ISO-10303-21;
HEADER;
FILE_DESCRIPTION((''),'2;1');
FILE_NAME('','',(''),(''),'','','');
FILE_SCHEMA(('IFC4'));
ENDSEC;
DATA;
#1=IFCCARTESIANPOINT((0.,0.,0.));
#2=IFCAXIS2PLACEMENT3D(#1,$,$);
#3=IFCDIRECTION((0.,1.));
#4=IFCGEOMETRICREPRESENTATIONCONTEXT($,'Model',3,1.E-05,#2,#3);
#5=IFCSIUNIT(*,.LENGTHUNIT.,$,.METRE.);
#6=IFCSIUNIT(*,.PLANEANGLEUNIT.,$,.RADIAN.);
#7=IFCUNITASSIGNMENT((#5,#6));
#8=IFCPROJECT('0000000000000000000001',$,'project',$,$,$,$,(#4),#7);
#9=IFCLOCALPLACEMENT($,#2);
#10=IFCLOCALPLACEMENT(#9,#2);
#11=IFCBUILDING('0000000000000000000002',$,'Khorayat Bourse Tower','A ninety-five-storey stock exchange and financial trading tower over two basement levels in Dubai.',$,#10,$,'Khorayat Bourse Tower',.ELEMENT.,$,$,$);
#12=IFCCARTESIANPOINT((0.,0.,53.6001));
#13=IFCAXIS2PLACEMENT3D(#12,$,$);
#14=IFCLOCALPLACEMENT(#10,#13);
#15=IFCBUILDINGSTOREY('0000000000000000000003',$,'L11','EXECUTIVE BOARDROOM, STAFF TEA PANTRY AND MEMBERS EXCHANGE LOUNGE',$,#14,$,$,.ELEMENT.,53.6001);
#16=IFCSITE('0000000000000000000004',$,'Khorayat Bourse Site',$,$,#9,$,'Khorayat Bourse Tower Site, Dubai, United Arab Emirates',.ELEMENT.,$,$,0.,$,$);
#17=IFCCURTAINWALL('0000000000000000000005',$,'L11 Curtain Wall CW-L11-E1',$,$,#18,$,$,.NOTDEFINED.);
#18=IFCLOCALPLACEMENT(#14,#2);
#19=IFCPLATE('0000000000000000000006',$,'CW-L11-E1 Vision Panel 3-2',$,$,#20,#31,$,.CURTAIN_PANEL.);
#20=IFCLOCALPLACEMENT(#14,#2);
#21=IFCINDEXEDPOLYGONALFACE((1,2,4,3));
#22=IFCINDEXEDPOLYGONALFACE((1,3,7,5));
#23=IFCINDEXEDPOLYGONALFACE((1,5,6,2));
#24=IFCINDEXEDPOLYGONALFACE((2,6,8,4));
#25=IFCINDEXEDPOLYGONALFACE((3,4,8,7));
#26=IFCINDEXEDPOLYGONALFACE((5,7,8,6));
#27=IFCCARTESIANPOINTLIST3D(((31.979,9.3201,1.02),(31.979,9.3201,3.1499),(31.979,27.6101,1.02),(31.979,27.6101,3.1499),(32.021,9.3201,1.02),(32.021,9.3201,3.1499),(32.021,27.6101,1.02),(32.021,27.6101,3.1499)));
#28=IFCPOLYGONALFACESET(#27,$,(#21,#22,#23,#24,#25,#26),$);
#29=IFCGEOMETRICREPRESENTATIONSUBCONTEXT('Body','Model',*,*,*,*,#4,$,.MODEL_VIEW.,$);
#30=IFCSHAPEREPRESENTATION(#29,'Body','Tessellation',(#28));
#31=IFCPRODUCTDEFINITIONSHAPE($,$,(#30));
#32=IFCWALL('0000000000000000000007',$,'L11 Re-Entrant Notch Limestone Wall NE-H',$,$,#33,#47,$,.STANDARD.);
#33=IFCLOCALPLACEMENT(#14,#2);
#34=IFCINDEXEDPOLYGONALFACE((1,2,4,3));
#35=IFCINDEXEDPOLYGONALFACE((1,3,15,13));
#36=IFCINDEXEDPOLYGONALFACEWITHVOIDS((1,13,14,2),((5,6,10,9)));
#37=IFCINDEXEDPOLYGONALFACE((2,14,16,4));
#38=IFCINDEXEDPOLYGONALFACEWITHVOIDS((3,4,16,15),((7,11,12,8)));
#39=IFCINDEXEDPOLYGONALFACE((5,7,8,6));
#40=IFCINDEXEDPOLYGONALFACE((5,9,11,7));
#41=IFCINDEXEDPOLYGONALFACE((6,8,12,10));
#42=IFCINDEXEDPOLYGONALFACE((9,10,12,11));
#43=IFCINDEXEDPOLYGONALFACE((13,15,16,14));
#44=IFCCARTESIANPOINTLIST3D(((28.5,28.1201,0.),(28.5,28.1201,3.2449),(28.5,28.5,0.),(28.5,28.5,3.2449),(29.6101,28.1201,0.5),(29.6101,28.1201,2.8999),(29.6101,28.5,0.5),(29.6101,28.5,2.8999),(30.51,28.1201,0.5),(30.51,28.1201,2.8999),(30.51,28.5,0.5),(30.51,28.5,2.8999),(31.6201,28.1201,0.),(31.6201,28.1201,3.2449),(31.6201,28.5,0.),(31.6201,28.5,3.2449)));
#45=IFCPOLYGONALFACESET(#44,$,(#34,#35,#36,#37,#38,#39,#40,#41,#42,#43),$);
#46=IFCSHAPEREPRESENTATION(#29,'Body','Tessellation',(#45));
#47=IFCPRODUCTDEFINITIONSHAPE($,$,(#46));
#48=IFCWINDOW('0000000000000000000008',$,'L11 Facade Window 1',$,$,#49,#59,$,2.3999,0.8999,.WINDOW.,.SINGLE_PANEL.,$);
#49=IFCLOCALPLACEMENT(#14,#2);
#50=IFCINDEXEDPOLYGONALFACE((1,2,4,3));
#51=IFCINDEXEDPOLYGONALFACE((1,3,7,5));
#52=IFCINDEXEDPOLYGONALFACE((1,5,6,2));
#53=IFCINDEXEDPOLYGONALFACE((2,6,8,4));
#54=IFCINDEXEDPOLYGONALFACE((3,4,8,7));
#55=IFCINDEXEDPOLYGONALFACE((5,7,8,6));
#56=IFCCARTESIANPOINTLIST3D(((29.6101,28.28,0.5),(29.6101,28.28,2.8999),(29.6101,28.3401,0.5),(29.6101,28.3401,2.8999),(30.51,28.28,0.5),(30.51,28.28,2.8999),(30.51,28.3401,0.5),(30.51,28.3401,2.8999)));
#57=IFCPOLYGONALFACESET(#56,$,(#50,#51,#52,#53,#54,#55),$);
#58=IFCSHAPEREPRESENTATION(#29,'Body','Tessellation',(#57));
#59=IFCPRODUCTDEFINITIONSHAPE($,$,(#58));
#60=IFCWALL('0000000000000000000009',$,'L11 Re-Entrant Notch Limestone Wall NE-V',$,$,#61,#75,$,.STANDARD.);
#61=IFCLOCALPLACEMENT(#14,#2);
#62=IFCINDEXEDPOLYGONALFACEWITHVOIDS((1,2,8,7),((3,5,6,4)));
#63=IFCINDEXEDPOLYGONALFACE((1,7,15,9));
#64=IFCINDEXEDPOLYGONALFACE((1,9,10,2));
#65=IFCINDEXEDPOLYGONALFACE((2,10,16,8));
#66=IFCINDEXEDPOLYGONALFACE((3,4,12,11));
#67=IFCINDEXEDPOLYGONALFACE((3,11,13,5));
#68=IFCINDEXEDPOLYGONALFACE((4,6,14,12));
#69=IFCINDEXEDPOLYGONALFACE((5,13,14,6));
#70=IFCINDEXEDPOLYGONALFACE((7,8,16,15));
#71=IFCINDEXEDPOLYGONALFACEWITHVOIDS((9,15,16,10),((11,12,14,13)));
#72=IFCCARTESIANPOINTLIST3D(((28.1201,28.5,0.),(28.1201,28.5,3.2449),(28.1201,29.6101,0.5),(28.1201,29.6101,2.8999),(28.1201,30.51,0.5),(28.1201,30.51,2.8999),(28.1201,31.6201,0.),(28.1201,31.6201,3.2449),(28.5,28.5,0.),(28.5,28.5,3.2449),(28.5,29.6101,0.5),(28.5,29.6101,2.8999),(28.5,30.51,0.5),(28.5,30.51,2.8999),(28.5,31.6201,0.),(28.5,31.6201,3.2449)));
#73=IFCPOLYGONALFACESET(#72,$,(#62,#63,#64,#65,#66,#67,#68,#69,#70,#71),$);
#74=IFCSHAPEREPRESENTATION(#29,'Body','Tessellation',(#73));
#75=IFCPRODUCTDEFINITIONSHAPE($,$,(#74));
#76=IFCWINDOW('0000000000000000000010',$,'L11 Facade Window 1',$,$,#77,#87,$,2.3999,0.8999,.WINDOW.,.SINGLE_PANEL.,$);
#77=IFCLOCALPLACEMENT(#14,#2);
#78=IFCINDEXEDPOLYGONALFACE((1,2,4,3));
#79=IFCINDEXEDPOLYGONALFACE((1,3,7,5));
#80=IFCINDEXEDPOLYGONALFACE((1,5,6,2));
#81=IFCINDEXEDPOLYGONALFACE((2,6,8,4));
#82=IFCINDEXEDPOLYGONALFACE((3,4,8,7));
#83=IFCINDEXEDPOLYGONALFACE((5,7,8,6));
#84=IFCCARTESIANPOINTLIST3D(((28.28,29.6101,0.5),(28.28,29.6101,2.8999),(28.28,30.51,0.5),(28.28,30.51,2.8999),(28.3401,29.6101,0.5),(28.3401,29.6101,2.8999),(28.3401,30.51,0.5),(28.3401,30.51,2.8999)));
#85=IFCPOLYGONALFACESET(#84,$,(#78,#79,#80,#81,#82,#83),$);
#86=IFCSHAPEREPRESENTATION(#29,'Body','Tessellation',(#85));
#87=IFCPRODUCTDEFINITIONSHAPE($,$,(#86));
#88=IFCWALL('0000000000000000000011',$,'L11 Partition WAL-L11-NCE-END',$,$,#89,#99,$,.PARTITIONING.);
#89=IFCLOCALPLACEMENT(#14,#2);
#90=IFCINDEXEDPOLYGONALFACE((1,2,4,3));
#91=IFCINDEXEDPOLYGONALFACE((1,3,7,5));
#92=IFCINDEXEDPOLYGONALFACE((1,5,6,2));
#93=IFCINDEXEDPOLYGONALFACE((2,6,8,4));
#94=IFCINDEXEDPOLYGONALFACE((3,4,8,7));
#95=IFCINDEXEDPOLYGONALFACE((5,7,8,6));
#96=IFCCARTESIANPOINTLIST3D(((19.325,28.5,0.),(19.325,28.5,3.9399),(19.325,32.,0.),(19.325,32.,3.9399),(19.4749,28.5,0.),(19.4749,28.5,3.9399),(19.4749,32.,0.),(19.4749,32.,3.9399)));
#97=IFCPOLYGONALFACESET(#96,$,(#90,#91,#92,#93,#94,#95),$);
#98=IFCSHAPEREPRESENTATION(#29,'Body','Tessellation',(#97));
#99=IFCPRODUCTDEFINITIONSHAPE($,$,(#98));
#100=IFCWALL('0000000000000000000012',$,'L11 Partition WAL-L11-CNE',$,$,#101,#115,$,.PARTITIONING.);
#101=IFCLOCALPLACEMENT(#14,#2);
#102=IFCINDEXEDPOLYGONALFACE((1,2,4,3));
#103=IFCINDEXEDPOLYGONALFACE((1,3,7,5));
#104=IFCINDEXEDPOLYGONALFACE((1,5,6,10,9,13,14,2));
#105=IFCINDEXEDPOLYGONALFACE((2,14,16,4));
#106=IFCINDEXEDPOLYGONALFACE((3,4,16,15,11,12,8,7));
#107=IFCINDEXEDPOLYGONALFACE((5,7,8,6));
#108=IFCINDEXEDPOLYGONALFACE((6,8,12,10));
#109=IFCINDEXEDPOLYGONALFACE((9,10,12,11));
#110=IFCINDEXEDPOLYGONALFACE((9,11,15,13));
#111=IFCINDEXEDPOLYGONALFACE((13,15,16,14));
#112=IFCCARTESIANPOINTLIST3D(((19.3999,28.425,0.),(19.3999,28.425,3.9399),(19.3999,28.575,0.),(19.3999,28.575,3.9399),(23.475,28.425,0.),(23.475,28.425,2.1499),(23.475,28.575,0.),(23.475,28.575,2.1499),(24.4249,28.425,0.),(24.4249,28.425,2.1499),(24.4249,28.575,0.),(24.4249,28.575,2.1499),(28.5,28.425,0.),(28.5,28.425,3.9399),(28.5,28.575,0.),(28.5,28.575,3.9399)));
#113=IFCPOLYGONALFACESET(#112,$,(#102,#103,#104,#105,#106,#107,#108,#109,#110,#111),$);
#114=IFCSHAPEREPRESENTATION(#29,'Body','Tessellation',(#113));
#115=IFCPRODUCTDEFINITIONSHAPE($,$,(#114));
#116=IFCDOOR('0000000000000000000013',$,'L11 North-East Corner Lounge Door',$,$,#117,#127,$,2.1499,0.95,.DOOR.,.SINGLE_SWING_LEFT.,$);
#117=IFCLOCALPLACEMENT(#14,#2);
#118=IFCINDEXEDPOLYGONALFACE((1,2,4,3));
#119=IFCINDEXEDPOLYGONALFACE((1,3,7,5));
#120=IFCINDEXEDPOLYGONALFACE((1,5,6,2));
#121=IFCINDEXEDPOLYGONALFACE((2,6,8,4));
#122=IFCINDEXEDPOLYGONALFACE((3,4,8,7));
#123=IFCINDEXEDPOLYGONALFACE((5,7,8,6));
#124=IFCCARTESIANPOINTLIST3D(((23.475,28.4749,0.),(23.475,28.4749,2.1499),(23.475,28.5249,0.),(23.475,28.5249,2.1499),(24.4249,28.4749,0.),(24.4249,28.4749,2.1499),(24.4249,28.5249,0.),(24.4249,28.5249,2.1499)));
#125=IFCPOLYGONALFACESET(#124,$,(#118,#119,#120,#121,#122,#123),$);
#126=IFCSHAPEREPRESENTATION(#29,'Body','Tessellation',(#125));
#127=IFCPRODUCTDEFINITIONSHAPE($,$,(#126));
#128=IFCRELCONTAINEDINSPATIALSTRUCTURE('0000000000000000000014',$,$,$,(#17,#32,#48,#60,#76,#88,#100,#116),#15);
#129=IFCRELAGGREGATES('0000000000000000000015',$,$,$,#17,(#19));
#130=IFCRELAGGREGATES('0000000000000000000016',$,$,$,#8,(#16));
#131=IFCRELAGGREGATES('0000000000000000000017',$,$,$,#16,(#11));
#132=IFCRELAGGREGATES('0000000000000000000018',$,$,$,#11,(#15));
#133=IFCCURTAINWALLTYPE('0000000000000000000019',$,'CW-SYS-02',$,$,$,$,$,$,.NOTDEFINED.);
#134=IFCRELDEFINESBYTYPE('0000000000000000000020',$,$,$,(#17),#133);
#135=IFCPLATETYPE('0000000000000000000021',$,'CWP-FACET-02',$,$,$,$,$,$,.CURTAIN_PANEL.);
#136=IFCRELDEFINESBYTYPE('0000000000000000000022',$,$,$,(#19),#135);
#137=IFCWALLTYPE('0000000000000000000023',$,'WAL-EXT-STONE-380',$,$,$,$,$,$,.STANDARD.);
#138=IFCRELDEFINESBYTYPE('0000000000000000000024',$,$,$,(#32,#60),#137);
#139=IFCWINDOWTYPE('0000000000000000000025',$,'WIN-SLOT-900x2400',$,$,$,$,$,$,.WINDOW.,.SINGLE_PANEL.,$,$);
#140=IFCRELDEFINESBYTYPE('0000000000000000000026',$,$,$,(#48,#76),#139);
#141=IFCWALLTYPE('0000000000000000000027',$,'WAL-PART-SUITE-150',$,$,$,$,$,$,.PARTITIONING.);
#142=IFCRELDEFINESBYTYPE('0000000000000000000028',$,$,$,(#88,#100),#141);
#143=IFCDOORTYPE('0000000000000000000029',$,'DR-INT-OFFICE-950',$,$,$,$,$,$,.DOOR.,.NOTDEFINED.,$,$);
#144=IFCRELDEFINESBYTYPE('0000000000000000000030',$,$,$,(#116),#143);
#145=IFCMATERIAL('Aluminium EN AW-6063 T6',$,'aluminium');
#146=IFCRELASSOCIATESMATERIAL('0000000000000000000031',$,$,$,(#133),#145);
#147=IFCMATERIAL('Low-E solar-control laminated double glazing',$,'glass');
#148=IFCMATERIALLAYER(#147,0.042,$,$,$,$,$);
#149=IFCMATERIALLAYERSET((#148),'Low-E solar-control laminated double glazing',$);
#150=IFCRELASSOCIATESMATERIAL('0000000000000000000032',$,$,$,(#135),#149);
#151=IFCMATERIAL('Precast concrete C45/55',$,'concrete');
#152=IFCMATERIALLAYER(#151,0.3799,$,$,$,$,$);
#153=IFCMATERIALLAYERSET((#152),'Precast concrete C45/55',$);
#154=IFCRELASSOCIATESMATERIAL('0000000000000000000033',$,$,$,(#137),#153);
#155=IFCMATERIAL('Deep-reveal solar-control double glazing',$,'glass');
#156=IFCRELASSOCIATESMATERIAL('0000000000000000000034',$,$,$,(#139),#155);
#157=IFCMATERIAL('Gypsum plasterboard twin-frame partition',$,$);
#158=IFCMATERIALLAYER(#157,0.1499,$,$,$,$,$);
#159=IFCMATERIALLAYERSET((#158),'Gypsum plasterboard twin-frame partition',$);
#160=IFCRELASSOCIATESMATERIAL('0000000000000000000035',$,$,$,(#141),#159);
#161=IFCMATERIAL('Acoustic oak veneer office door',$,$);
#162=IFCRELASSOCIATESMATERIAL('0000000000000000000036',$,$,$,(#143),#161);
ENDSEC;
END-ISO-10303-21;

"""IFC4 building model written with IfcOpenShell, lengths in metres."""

from ifc_helpers import new_model, si_unit, direction, frame, frame_2d, origin, origin_2d, place, context, subcontext, project, spatial, rectangle, extrude, source, transform, mapped, material, layer, layer_set, type_object, element, fill, aggregate, save


model = new_model("IFC4")

# Units and contexts
model_context = context("Model", 3, precision=1e-05, world=origin(), true_north=direction((0.0, 1.0)))
body_context = subcontext(model_context, "Body", "Model", "MODEL_VIEW")
ifc_project = project(units=[si_unit("LENGTHUNIT", "METRE"), si_unit("PLANEANGLEUNIT", "RADIAN")], contexts=[model_context])

# Site, building, storey
site_placement = place(None, origin())
site = spatial("IfcSite", under=ifc_project, at=site_placement, Name="Khorayat Bourse Site", LongName="Khorayat Bourse Tower Site, Dubai, United Arab Emirates", CompositionType="ELEMENT", RefElevation=0.0)
building_placement = place(site_placement, origin())
building = spatial("IfcBuilding", under=site, at=building_placement, Name="Khorayat Bourse Tower", Description="A ninety-five-storey stock exchange and financial trading tower over two basement levels in Dubai.", LongName="Khorayat Bourse Tower", CompositionType="ELEMENT")
storey_placement = place(building_placement, frame((0.0, 0.0, 53.6001)))
storey = spatial("IfcBuildingStorey", under=building, at=storey_placement, Name="L11", Description="EXECUTIVE BOARDROOM, STAFF TEA PANTRY AND MEMBERS EXCHANGE LOUNGE", CompositionType="ELEMENT", Elevation=53.6001)

# Shared definitions
ifc_material_1 = material(Name="Aluminium EN AW-6063 T6", Category="aluminium")
curtain_wall_type = type_object("IfcCurtainWallType", Name="CW-SYS-02", PredefinedType="NOTDEFINED", material=ifc_material_1)

# Curtain wall
curtain_wall_1_placement = place(storey_placement, origin())
curtain_wall_1 = element("IfcCurtainWall", 1, at=curtain_wall_1_placement, inside=storey, type_object=curtain_wall_type, Name="L11 Curtain Wall CW-L11-E1", PredefinedType="NOTDEFINED")

# Plate
ifc_material_2 = material(Name="Low-E solar-control laminated double glazing", Category="glass")
ifc_layer_1 = layer(ifc_material_2, 0.042)
ifc_layer_set_1 = layer_set([ifc_layer_1], Name="Low-E solar-control laminated double glazing")
plate_type_1 = type_object("IfcPlateType", Name="CWP-FACET-02", PredefinedType="CURTAIN_PANEL", material=ifc_layer_set_1)
shared_shape_1 = source(origin(), body_context, "Body", "SweptSolid", [
    extrude(rectangle(XDim=18.29, YDim=0.042, at=origin_2d()), origin(), (0.0, 0.0, 1.0), 2.1299),
])
plate_1_placement = place(storey_placement, frame((32.0, 18.4651, 1.02), z_axis=(0.0, 0.0, 1.0), x_axis=(0.0, 1.0, 0.0)))
plate_1 = element("IfcPlate", 2, at=plate_1_placement, type_object=plate_type_1, Name="CW-L11-E1 Vision Panel 3-2", PredefinedType="CURTAIN_PANEL", context=body_context, shape_type="MappedRepresentation", body=[
    mapped(shared_shape_1, transform((0.0, 0.0, 0.0), scale=1.0)),
])
aggregate(curtain_wall_1, [plate_1])

# Walls, openings, windows
ifc_material_3 = material(Name="Precast concrete C45/55", Category="concrete")
ifc_layer_2 = layer(ifc_material_3, 0.3799)
ifc_layer_set_2 = layer_set([ifc_layer_2], Name="Precast concrete C45/55")
wall_type_1 = type_object("IfcWallType", Name="WAL-EXT-STONE-380", PredefinedType="STANDARD", material=ifc_layer_set_2)
shared_shape_2 = source(origin(), body_context, "Body", "SweptSolid", [
    extrude(rectangle(XDim=3.1201, YDim=0.3799, at=frame_2d((1.5601, 0.0))), origin(), (0.0, 0.0, 1.0), 3.2449),
])
wall_1_placement = place(storey_placement, frame((28.5, 28.3101, 0.0), z_axis=(0.0, 0.0, 1.0), x_axis=(1.0, 0.0, 0.0)))
wall_1 = element("IfcWall", 3, at=wall_1_placement, inside=storey, type_object=wall_type_1, Name="L11 Re-Entrant Notch Limestone Wall NE-H", PredefinedType="STANDARD", context=body_context, shape_type="MappedRepresentation", body=[
    mapped(shared_shape_2, transform((0.0, 0.0, 0.0), scale=1.0)),
])
shared_shape_3 = source(origin(), body_context, "Body", "SweptSolid", [
    extrude(rectangle(XDim=0.8999, YDim=2.3999, at=frame_2d((0.45, 1.2))), frame((0.0, 0.2, 0.0), z_axis=(0.0, -1.0, 0.0), x_axis=(1.0, 0.0, 0.0)), (0.0, 0.0, 1.0), 0.3999),
])
opening_1_placement = place(wall_1_placement, frame((1.1101, 0.0, 0.5)))
opening_1 = element("IfcOpeningElement", 4, at=opening_1_placement, cuts=wall_1, PredefinedType="OPENING", context=body_context, shape_type="MappedRepresentation", body=[
    mapped(shared_shape_3, transform((0.0, 0.0, 0.0), scale=1.0)),
])
ifc_material_4 = material(Name="Deep-reveal solar-control double glazing", Category="glass")
window_type = type_object("IfcWindowType", Name="WIN-SLOT-900x2400", PartitioningType="SINGLE_PANEL", PredefinedType="WINDOW", material=ifc_material_4)
shared_shape_4 = source(origin(), body_context, "Body", "SweptSolid", [
    extrude(rectangle(XDim=0.8999, YDim=2.3999, at=frame_2d((0.45, 1.2))), frame((0.0, 0.03, 0.0), z_axis=(0.0, -1.0, 0.0), x_axis=(1.0, 0.0, 0.0)), (0.0, 0.0, 1.0), 0.0601),
])
window_1_placement = place(opening_1_placement, origin())
window_1 = element("IfcWindow", 5, at=window_1_placement, inside=storey, type_object=window_type, Name="L11 Facade Window 1", OverallHeight=2.3999, OverallWidth=0.8999, PartitioningType="SINGLE_PANEL", PredefinedType="WINDOW", context=body_context, shape_type="MappedRepresentation", body=[
    mapped(shared_shape_4, transform((0.0, 0.0, 0.0), scale=1.0)),
])
fill(opening_1, window_1)
wall_2_placement = place(storey_placement, frame((28.3101, 28.5, 0.0), z_axis=(0.0, 0.0, 1.0), x_axis=(0.0, 1.0, 0.0)))
wall_2 = element("IfcWall", 6, at=wall_2_placement, inside=storey, type_object=wall_type_1, Name="L11 Re-Entrant Notch Limestone Wall NE-V", PredefinedType="STANDARD", context=body_context, shape_type="MappedRepresentation", body=[
    mapped(shared_shape_2, transform((0.0, 0.0, 0.0), scale=1.0)),
])
opening_2_placement = place(wall_2_placement, frame((1.1101, 0.0, 0.5)))
opening_2 = element("IfcOpeningElement", 7, at=opening_2_placement, cuts=wall_2, PredefinedType="OPENING", context=body_context, shape_type="MappedRepresentation", body=[
    mapped(shared_shape_3, transform((0.0, 0.0, 0.0), scale=1.0)),
])
window_2_placement = place(opening_2_placement, origin())
window_2 = element("IfcWindow", 8, at=window_2_placement, inside=storey, type_object=window_type, Name="L11 Facade Window 1", OverallHeight=2.3999, OverallWidth=0.8999, PartitioningType="SINGLE_PANEL", PredefinedType="WINDOW", context=body_context, shape_type="MappedRepresentation", body=[
    mapped(shared_shape_4, transform((0.0, 0.0, 0.0), scale=1.0)),
])
fill(opening_2, window_2)

# Wall
ifc_material_5 = material(Name="Gypsum plasterboard twin-frame partition")
ifc_layer_3 = layer(ifc_material_5, 0.1499)
ifc_layer_set_3 = layer_set([ifc_layer_3], Name="Gypsum plasterboard twin-frame partition")
wall_type_2 = type_object("IfcWallType", Name="WAL-PART-SUITE-150", PredefinedType="PARTITIONING", material=ifc_layer_set_3)
shared_shape_5 = source(origin(), body_context, "Body", "SweptSolid", [
    extrude(rectangle(XDim=3.5, YDim=0.1499, at=frame_2d((1.75, 0.0))), origin(), (0.0, 0.0, 1.0), 3.9399),
])
wall_3_placement = place(storey_placement, frame((19.3999, 28.5, 0.0), z_axis=(0.0, 0.0, 1.0), x_axis=(0.0, 1.0, 0.0)))
element("IfcWall", 9, at=wall_3_placement, inside=storey, type_object=wall_type_2, Name="L11 Partition WAL-L11-NCE-END", PredefinedType="PARTITIONING", context=body_context, shape_type="MappedRepresentation", body=[
    mapped(shared_shape_5, transform((0.0, 0.0, 0.0), scale=1.0)),
])

# Wall, opening, door
shared_shape_6 = source(origin(), body_context, "Body", "SweptSolid", [
    extrude(rectangle(XDim=9.1001, YDim=0.1499, at=frame_2d((4.55, 0.0))), origin(), (0.0, 0.0, 1.0), 3.9399),
])
wall_4_placement = place(storey_placement, frame((19.3999, 28.5, 0.0), z_axis=(0.0, 0.0, 1.0), x_axis=(1.0, 0.0, 0.0)))
wall_4 = element("IfcWall", 10, at=wall_4_placement, inside=storey, type_object=wall_type_2, Name="L11 Partition WAL-L11-CNE", PredefinedType="PARTITIONING", context=body_context, shape_type="MappedRepresentation", body=[
    mapped(shared_shape_6, transform((0.0, 0.0, 0.0), scale=1.0)),
])
shared_shape_7 = source(origin(), body_context, "Body", "SweptSolid", [
    extrude(rectangle(XDim=0.95, YDim=2.1499, at=frame_2d((0.4751, 1.075))), frame((0.0, 0.085, 0.0), z_axis=(0.0, -1.0, 0.0), x_axis=(1.0, 0.0, 0.0)), (0.0, 0.0, 1.0), 0.1699),
])
opening_3_placement = place(wall_4_placement, frame((4.075, 0.0, 0.0)))
opening_3 = element("IfcOpeningElement", 11, at=opening_3_placement, cuts=wall_4, PredefinedType="OPENING", context=body_context, shape_type="MappedRepresentation", body=[
    mapped(shared_shape_7, transform((0.0, 0.0, 0.0), scale=1.0)),
])
ifc_material_6 = material(Name="Acoustic oak veneer office door")
door_type = type_object("IfcDoorType", Name="DR-INT-OFFICE-950", OperationType="NOTDEFINED", PredefinedType="DOOR", material=ifc_material_6)
shared_shape_8 = source(origin(), body_context, "Body", "SweptSolid", [
    extrude(rectangle(XDim=0.95, YDim=2.1499, at=frame_2d((0.4751, 1.075))), frame((0.0, 0.0249, 0.0), z_axis=(0.0, -1.0, 0.0), x_axis=(1.0, 0.0, 0.0)), (0.0, 0.0, 1.0), 0.05),
])
door_placement = place(opening_3_placement, origin())
door = element("IfcDoor", 12, at=door_placement, inside=storey, type_object=door_type, Name="L11 North-East Corner Lounge Door", OperationType="SINGLE_SWING_LEFT", OverallHeight=2.1499, OverallWidth=0.95, PredefinedType="DOOR", context=body_context, shape_type="MappedRepresentation", body=[
    mapped(shared_shape_8, transform((0.0, 0.0, 0.0), scale=1.0)),
])
fill(opening_3, door)

save(model, "model.ifc")
